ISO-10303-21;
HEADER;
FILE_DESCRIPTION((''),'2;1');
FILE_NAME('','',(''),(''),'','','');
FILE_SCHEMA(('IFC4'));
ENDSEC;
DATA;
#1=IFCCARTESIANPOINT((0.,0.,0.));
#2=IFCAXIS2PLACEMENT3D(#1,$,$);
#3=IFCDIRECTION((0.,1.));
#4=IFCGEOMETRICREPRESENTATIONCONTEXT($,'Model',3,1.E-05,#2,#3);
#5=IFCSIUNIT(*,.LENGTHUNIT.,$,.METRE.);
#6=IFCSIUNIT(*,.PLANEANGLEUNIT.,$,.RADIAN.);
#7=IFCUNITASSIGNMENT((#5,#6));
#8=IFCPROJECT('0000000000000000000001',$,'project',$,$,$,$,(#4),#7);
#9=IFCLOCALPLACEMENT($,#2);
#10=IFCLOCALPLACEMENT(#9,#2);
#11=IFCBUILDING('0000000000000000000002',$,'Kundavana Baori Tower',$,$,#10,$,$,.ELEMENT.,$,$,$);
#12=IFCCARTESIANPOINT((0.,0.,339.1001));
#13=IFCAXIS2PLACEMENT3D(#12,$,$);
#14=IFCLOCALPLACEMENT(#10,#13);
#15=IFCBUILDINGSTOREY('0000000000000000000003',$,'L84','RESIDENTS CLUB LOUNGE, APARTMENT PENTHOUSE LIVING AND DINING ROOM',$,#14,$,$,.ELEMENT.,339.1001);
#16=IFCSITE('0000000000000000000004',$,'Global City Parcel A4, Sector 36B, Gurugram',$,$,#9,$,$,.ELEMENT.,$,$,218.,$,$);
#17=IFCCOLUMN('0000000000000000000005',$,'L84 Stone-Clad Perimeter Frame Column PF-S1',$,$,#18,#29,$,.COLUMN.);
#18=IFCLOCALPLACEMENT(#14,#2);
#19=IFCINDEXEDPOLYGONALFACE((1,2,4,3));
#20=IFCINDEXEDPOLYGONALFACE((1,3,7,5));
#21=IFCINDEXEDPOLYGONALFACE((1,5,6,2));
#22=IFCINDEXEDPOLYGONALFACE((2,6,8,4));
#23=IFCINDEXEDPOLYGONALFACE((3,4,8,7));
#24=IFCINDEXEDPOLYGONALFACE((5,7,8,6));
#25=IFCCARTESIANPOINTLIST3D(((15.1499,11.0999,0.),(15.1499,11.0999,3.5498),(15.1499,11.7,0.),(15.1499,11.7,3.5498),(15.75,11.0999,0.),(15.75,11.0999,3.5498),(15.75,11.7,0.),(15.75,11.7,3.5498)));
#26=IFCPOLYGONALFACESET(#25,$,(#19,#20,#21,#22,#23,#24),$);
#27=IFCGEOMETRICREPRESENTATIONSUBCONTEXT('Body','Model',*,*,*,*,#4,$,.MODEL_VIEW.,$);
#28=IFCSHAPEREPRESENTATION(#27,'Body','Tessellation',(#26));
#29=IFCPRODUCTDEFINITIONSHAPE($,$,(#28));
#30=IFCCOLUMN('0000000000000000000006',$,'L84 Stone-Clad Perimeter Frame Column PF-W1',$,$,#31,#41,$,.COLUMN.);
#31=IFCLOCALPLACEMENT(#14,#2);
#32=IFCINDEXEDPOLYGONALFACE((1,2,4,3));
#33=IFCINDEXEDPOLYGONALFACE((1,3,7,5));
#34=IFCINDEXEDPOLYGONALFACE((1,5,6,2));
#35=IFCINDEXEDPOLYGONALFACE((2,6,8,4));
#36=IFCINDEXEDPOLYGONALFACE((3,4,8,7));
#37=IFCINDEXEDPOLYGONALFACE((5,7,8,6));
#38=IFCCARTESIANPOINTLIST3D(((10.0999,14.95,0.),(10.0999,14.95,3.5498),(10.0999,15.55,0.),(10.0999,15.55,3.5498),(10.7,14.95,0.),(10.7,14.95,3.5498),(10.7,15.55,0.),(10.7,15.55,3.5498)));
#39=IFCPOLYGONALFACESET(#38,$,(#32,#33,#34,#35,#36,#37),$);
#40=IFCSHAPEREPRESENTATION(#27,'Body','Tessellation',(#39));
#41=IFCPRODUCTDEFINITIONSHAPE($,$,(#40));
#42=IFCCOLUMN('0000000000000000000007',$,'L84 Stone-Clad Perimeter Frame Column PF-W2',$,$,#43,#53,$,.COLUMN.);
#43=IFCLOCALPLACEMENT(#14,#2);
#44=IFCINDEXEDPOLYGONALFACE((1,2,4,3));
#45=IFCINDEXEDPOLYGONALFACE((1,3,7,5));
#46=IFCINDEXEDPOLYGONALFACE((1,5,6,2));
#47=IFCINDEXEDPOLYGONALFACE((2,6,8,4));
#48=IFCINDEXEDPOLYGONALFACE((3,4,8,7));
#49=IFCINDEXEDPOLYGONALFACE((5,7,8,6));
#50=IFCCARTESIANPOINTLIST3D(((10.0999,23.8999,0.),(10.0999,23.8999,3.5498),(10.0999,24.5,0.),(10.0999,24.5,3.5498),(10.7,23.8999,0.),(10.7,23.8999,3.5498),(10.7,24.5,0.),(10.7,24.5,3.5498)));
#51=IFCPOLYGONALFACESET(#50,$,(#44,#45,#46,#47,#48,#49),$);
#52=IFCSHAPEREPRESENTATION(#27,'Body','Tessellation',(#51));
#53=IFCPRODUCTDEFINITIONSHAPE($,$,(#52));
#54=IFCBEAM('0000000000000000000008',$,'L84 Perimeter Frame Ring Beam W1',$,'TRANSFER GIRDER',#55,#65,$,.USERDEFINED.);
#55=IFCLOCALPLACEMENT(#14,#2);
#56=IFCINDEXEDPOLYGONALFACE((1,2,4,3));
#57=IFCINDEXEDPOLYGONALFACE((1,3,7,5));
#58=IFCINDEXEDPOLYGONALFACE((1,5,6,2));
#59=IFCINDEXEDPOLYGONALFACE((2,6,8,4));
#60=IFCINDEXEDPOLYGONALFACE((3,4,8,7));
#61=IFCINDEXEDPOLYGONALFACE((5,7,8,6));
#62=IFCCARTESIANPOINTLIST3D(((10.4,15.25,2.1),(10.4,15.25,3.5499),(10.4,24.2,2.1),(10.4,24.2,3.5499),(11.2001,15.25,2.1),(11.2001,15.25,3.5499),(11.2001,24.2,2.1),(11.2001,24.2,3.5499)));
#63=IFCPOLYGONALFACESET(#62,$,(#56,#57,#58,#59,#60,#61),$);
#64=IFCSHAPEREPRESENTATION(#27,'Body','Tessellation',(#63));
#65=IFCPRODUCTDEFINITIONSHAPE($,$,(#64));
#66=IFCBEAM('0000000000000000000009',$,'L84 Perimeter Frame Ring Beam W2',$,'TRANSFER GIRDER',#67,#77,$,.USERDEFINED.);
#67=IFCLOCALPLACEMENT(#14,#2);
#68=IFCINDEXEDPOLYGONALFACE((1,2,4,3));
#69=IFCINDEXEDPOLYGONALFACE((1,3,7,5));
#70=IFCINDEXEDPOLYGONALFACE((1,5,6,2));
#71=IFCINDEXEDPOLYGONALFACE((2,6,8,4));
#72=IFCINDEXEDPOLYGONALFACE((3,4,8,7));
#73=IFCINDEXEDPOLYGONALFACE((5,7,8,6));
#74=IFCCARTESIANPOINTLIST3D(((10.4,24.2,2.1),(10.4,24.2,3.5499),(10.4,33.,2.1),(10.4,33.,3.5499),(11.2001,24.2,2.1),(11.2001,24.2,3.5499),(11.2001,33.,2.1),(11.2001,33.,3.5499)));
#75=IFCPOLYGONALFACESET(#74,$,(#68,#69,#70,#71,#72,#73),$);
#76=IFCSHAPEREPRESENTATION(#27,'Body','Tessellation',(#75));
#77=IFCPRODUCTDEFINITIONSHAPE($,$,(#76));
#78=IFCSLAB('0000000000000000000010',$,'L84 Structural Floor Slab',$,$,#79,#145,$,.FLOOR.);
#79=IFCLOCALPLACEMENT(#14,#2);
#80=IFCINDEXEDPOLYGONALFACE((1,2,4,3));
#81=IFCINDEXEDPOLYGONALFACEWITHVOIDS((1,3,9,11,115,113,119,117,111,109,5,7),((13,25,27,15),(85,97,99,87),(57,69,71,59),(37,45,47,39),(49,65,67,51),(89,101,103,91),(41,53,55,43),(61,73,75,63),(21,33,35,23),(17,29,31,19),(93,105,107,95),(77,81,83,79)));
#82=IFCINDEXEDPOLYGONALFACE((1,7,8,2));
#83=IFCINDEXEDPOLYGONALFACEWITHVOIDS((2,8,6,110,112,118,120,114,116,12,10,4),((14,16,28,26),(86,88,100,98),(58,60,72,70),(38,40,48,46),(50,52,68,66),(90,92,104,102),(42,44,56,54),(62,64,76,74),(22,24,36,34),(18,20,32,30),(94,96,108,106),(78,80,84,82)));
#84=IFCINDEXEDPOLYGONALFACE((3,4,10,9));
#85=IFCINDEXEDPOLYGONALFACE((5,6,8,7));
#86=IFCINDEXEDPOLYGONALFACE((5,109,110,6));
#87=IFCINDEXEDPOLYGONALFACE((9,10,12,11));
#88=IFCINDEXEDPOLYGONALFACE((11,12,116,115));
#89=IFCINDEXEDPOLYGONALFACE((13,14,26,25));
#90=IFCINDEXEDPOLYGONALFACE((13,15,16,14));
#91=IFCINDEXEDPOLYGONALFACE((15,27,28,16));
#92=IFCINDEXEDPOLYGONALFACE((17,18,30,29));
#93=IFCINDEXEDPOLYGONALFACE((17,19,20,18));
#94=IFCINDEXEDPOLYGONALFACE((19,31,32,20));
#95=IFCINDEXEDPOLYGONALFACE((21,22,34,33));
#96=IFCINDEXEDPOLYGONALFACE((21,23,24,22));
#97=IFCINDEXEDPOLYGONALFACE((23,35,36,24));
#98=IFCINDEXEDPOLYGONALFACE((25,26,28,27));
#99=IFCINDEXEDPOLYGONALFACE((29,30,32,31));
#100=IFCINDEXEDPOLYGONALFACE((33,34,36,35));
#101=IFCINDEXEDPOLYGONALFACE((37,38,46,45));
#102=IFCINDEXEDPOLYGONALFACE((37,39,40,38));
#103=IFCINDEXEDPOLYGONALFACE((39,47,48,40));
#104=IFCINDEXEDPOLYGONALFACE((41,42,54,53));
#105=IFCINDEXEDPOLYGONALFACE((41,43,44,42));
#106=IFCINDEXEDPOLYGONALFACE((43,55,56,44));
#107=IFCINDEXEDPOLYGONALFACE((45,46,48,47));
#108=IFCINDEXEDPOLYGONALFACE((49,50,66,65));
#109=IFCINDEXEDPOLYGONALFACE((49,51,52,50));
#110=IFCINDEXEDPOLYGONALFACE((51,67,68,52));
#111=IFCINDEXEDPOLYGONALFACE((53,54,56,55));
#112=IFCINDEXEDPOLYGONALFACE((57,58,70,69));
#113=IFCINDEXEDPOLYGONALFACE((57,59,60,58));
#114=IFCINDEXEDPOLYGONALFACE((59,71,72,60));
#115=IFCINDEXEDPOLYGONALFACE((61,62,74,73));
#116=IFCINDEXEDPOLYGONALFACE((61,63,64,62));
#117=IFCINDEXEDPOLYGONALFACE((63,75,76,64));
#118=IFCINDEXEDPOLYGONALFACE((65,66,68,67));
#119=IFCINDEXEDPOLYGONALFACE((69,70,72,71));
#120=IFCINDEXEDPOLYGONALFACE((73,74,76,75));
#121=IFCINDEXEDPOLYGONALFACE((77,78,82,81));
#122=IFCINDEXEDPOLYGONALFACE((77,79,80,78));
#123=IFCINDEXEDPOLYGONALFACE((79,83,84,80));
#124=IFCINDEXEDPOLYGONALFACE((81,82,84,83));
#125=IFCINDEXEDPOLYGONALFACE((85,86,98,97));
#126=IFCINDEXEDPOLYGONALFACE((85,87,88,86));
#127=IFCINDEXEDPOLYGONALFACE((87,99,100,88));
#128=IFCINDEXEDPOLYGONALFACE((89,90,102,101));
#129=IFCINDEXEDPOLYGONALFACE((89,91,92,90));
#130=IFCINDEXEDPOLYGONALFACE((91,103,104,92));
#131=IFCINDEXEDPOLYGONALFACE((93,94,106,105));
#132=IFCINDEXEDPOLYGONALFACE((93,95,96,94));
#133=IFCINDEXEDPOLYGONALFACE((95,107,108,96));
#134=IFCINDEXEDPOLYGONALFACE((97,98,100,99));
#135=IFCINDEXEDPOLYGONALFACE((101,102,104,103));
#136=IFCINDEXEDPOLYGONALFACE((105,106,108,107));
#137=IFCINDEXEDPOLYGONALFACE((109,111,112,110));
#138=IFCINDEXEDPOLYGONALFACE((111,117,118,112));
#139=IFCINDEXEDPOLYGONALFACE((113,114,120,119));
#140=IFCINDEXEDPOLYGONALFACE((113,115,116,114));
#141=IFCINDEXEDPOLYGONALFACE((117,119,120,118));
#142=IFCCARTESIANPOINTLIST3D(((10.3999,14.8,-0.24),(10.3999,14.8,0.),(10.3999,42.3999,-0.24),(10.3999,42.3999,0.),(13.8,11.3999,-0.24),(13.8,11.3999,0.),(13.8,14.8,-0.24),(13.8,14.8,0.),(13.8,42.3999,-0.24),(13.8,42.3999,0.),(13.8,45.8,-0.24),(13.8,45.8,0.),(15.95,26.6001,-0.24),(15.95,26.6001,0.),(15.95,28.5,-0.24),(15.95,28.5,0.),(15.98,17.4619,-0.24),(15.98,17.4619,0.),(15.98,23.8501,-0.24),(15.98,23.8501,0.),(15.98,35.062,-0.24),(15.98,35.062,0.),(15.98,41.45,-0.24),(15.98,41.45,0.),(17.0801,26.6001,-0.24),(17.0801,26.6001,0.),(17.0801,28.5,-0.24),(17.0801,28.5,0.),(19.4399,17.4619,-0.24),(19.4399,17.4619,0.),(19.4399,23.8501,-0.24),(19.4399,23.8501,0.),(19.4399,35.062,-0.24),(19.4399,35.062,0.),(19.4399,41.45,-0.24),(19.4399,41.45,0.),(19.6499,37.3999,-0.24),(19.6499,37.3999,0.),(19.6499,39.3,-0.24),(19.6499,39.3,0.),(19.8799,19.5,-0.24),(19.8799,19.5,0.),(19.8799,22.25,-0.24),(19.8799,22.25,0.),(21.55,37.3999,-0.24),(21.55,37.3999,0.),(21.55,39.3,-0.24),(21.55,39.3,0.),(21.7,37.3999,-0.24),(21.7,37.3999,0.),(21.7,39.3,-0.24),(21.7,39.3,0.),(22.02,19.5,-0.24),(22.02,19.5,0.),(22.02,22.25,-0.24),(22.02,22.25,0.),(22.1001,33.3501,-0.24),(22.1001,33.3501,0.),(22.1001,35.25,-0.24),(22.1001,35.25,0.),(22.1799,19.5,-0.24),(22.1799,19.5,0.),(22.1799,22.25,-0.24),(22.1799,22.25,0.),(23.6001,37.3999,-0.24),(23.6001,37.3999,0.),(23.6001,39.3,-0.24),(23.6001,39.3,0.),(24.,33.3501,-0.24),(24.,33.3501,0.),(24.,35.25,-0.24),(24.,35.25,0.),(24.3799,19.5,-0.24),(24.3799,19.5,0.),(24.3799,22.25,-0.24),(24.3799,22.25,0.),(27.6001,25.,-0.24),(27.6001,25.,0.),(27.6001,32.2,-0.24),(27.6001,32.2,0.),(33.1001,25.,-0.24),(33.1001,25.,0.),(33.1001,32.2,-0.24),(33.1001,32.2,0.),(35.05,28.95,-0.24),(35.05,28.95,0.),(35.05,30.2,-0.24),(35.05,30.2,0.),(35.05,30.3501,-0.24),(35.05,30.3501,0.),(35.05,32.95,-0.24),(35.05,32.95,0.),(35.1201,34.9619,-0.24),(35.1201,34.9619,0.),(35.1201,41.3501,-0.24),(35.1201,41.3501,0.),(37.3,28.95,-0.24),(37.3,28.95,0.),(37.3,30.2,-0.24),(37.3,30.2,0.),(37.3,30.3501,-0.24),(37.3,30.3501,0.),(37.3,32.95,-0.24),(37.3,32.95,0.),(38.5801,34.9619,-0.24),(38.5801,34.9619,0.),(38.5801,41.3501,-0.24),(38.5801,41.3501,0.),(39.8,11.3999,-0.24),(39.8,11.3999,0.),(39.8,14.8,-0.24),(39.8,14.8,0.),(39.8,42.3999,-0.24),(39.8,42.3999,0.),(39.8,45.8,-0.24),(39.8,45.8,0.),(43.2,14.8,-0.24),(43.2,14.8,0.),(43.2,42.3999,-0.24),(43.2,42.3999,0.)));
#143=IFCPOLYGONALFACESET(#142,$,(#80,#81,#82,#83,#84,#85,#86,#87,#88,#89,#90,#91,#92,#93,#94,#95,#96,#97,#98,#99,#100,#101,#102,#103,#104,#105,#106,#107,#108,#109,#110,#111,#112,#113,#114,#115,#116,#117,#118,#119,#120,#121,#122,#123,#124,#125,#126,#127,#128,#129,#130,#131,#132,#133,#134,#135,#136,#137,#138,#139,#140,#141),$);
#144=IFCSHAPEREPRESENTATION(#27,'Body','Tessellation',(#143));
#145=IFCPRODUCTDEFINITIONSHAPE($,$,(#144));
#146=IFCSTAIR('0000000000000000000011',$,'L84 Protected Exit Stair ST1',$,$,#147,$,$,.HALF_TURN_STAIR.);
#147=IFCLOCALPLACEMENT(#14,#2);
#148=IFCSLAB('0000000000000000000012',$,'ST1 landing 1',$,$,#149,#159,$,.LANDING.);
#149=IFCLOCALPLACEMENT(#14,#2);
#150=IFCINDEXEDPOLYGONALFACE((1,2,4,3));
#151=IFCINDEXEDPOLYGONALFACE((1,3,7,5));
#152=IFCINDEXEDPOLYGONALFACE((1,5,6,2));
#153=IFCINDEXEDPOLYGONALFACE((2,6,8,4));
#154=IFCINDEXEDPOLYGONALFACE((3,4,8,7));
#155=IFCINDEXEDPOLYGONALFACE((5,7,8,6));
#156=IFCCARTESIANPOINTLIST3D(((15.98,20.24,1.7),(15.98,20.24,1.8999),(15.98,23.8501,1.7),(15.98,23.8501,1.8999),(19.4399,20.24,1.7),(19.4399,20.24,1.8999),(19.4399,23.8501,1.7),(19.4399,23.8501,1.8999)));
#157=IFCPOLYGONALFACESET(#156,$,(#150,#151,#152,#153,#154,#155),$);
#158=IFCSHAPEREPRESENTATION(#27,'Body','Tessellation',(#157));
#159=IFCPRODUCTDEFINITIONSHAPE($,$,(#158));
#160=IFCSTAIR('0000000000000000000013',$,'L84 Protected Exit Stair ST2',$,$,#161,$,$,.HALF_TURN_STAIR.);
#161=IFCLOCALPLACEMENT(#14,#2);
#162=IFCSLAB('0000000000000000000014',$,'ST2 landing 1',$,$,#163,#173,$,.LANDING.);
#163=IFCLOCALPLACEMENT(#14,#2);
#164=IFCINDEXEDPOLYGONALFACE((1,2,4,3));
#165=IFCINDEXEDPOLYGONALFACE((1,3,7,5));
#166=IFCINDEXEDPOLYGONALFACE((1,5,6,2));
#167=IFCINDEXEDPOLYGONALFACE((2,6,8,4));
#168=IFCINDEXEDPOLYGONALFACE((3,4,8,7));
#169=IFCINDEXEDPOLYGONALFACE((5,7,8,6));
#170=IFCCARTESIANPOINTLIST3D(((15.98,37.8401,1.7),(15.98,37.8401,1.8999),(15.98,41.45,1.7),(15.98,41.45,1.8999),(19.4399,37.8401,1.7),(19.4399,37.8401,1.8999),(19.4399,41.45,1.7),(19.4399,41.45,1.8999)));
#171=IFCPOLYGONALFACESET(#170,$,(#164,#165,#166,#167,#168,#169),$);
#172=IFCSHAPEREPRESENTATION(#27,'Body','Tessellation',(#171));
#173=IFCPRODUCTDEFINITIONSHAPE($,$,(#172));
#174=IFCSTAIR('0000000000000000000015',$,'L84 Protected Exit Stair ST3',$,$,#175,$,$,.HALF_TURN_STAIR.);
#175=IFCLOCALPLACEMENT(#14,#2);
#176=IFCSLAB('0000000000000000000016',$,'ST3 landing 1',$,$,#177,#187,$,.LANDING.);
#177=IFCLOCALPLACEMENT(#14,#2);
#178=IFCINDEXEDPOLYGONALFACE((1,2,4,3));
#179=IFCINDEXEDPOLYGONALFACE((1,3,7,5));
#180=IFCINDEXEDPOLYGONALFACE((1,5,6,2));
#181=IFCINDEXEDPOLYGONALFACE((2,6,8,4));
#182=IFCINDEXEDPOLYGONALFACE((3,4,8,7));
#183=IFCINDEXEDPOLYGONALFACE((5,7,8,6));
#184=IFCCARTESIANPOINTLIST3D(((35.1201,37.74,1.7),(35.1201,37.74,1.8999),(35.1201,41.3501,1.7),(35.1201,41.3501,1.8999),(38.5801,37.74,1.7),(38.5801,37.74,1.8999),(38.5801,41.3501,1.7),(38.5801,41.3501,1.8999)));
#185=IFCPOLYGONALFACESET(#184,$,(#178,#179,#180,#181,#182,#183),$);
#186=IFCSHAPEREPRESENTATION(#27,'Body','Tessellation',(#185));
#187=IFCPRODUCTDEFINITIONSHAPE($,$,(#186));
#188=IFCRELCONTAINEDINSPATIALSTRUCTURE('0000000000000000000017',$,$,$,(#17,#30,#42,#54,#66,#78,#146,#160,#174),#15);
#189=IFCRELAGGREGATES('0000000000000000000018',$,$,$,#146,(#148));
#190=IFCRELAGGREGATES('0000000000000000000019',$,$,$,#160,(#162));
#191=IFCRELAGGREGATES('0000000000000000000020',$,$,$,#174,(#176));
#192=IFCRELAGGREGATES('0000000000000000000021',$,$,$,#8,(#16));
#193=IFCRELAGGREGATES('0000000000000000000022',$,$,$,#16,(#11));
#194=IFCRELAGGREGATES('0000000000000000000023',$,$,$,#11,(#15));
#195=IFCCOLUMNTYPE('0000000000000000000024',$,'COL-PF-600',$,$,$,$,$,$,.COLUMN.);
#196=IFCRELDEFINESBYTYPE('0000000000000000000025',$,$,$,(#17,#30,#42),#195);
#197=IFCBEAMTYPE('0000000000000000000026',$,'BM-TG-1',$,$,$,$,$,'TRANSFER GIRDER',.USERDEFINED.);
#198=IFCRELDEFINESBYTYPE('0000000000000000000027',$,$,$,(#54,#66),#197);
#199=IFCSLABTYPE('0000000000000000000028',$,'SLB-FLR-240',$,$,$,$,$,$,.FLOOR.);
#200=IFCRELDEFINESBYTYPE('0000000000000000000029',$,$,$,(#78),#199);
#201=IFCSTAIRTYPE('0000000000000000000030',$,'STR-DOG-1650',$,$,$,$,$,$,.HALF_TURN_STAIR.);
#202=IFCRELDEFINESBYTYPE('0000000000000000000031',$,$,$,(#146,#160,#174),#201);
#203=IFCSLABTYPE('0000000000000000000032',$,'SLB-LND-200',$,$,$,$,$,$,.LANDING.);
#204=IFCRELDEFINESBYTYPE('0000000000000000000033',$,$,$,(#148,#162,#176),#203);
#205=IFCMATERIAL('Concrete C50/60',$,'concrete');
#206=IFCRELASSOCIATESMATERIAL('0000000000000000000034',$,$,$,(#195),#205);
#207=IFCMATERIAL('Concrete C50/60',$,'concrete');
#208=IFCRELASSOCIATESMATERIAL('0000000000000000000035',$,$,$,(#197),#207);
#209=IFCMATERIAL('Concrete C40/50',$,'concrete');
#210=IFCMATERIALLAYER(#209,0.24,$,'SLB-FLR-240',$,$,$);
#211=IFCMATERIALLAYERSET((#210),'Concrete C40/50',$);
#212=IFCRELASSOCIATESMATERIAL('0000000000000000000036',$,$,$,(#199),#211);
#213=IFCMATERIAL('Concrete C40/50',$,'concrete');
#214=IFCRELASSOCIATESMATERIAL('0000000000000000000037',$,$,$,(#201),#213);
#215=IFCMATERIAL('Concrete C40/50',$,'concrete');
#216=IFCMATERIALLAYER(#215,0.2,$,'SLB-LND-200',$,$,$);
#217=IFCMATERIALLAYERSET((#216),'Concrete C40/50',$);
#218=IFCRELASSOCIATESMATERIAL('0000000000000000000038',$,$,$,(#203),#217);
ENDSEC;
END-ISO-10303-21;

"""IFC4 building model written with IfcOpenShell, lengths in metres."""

from ifc_helpers import new_model, si_unit, direction, frame, origin, origin_2d, place, context, subcontext, project, spatial, polyline, rectangle, outline, extrude, material, layer, layer_set, material_profile, profile_set, type_object, element, aggregate, save


model = new_model("IFC4")

# Units and contexts
model_context = context("Model", 3, precision=1e-05, world=origin(), true_north=direction((0.0, 1.0)))
body_context = subcontext(model_context, "Body", "Model", "MODEL_VIEW")
ifc_project = project(units=[si_unit("LENGTHUNIT", "METRE"), si_unit("PLANEANGLEUNIT", "RADIAN")], contexts=[model_context])

# Site, building, storey
site_placement = place(None, origin())
site = spatial("IfcSite", under=ifc_project, at=site_placement, Name="Global City Parcel A4, Sector 36B, Gurugram", CompositionType="ELEMENT", RefElevation=218.0)
building_placement = place(site_placement, origin())
building = spatial("IfcBuilding", under=site, at=building_placement, Name="Kundavana Baori Tower", CompositionType="ELEMENT")
storey_placement = place(building_placement, frame((0.0, 0.0, 339.1001)))
storey = spatial("IfcBuildingStorey", under=building, at=storey_placement, Name="L84", Description="RESIDENTS CLUB LOUNGE, APARTMENT PENTHOUSE LIVING AND DINING ROOM", CompositionType="ELEMENT", Elevation=339.1001)

# Columns
ifc_material_1 = material(Name="Concrete C50/60", Category="concrete")
ifc_material_profile_1 = material_profile(ifc_material_1, rectangle(XDim=0.6001, YDim=0.6001, at=origin_2d()), Name="RC PF 600x600")
ifc_profile_set_1 = profile_set([ifc_material_profile_1], Name="Concrete C50/60")
column_type = type_object("IfcColumnType", Name="COL-PF-600", PredefinedType="COLUMN", material=ifc_profile_set_1)
for number, where, z_axis, x_axis, name in (
    (1, (15.45, 11.3999, 0.0), (0.0, 0.0, 1.0), (1.0, 0.0, 0.0), "L84 Stone-Clad Perimeter Frame Column PF-S1"),
    (2, (10.3999, 15.25, 0.0), (0.0, 0.0, 1.0), (1.0, 0.0, 0.0), "L84 Stone-Clad Perimeter Frame Column PF-W1"),
    (3, (10.3999, 24.2, 0.0), (0.0, 0.0, 1.0), (1.0, 0.0, 0.0), "L84 Stone-Clad Perimeter Frame Column PF-W2"),
):
    element("IfcColumn", number, at=place(storey_placement, frame(where, z_axis=z_axis, x_axis=x_axis)), inside=storey, type_object=column_type, Name=name, PredefinedType="COLUMN", context=body_context, shape_type="SweptSolid", body=[
        extrude(rectangle(XDim=0.6001, YDim=0.6001, at=origin_2d()), origin(), (0.0, 0.0, 1.0), 3.5498),
    ])

# Beams
ifc_material_2 = material(Name="Concrete C50/60", Category="concrete")
ifc_material_profile_2 = material_profile(ifc_material_2, rectangle(XDim=0.8, YDim=1.45, at=origin_2d()), Name="BM-TG-1")
ifc_profile_set_2 = profile_set([ifc_material_profile_2], Name="Concrete C50/60")
beam_type = type_object("IfcBeamType", Name="BM-TG-1", ElementType="TRANSFER GIRDER", PredefinedType="USERDEFINED", material=ifc_profile_set_2)
beam_1_placement = place(storey_placement, frame((10.8, 15.25, 2.825), z_axis=(0.0, 1.0, 0.0), x_axis=(-1.0, 0.0, 0.0)))
element("IfcBeam", 4, at=beam_1_placement, inside=storey, type_object=beam_type, Name="L84 Perimeter Frame Ring Beam W1", ObjectType="TRANSFER GIRDER", PredefinedType="USERDEFINED", context=body_context, shape_type="SweptSolid", body=[
    extrude(rectangle(XDim=0.8, YDim=1.45, at=origin_2d()), origin(), (0.0, 0.0, 1.0), 8.95),
])
beam_2_placement = place(storey_placement, frame((10.8, 24.2, 2.825), z_axis=(0.0, 1.0, 0.0), x_axis=(-1.0, 0.0, 0.0)))
element("IfcBeam", 5, at=beam_2_placement, inside=storey, type_object=beam_type, Name="L84 Perimeter Frame Ring Beam W2", ObjectType="TRANSFER GIRDER", PredefinedType="USERDEFINED", context=body_context, shape_type="SweptSolid", body=[
    extrude(rectangle(XDim=0.8, YDim=1.45, at=origin_2d()), origin(), (0.0, 0.0, 1.0), 8.8),
])

# Slab
ifc_material_3 = material(Name="Concrete C40/50", Category="concrete")
ifc_layer_1 = layer(ifc_material_3, 0.24, Name="SLB-FLR-240")
ifc_layer_set_1 = layer_set([ifc_layer_1], Name="Concrete C40/50")
slab_type_1 = type_object("IfcSlabType", Name="SLB-FLR-240", PredefinedType="FLOOR", material=ifc_layer_set_1)
slab_1_placement = place(storey_placement, frame((0.0, 0.0, -0.24)))
element("IfcSlab", 6, at=slab_1_placement, inside=storey, type_object=slab_type_1, Name="L84 Structural Floor Slab", PredefinedType="FLOOR", context=body_context, shape_type="SweptSolid", body=[
    extrude(outline(polyline([(13.8, 11.3999), (39.8, 11.3999), (39.8, 14.8), (43.2, 14.8), (43.2, 42.3999), (39.8, 42.3999), (39.8, 45.8), (13.8, 45.8), (13.8, 42.3999), (10.3999, 42.3999), (10.3999, 14.8), (13.8, 14.8), (13.8, 11.3999)]), holes=[polyline([(19.4399, 17.4619), (19.4399, 23.8501), (15.98, 23.8501), (15.98, 17.4619), (19.4399, 17.4619)]), polyline([(19.4399, 35.062), (19.4399, 41.45), (15.98, 41.45), (15.98, 35.062), (19.4399, 35.062)]), polyline([(38.5801, 34.9619), (38.5801, 41.3501), (35.1201, 41.3501), (35.1201, 34.9619), (38.5801, 34.9619)]), polyline([(19.6499, 37.3999), (21.55, 37.3999), (21.55, 39.3), (19.6499, 39.3), (19.6499, 37.3999)]), polyline([(21.7, 37.3999), (23.6001, 37.3999), (23.6001, 39.3), (21.7, 39.3), (21.7, 37.3999)]), polyline([(22.1001, 33.3501), (24.0, 33.3501), (24.0, 35.25), (22.1001, 35.25), (22.1001, 33.3501)]), polyline([(19.8799, 19.5), (22.02, 19.5), (22.02, 22.25), (19.8799, 22.25), (19.8799, 19.5)]), polyline([(22.1799, 19.5), (24.3799, 19.5), (24.3799, 22.25), (22.1799, 22.25), (22.1799, 19.5)]), polyline([(35.05, 30.3501), (37.3, 30.3501), (37.3, 32.95), (35.05, 32.95), (35.05, 30.3501)]), polyline([(15.95, 26.6001), (17.0801, 26.6001), (17.0801, 28.5), (15.95, 28.5), (15.95, 26.6001)]), polyline([(35.05, 28.95), (37.3, 28.95), (37.3, 30.2), (35.05, 30.2), (35.05, 28.95)]), polyline([(27.6001, 25.0), (33.1001, 25.0), (33.1001, 32.2), (27.6001, 32.2), (27.6001, 25.0)])]), origin(), (0.0, 0.0, 1.0), 0.24),
])

# Stairs, slabs
ifc_material_4 = material(Name="Concrete C40/50", Category="concrete")
stair_type = type_object("IfcStairType", Name="STR-DOG-1650", PredefinedType="HALF_TURN_STAIR", material=ifc_material_4)
stair_1_placement = place(storey_placement, origin())
stair_1 = element("IfcStair", 7, at=stair_1_placement, inside=storey, type_object=stair_type, Name="L84 Protected Exit Stair ST1", PredefinedType="HALF_TURN_STAIR")
ifc_material_5 = material(Name="Concrete C40/50", Category="concrete")
ifc_layer_2 = layer(ifc_material_5, 0.2, Name="SLB-LND-200")
ifc_layer_set_2 = layer_set([ifc_layer_2], Name="Concrete C40/50")
slab_type_2 = type_object("IfcSlabType", Name="SLB-LND-200", PredefinedType="LANDING", material=ifc_layer_set_2)
slab_2_placement = place(storey_placement, frame((0.0, 0.0, 1.7)))
slab_2 = element("IfcSlab", 8, at=slab_2_placement, type_object=slab_type_2, Name="ST1 landing 1", PredefinedType="LANDING", context=body_context, shape_type="SweptSolid", body=[
    extrude(outline(polyline([(19.4399, 20.24), (19.4399, 23.8501), (15.98, 23.8501), (15.98, 20.24), (19.4399, 20.24)])), origin(), (0.0, 0.0, 1.0), 0.2),
])
aggregate(stair_1, [slab_2])
stair_2_placement = place(storey_placement, origin())
stair_2 = element("IfcStair", 9, at=stair_2_placement, inside=storey, type_object=stair_type, Name="L84 Protected Exit Stair ST2", PredefinedType="HALF_TURN_STAIR")
slab_3_placement = place(storey_placement, frame((0.0, 0.0, 1.7)))
slab_3 = element("IfcSlab", 10, at=slab_3_placement, type_object=slab_type_2, Name="ST2 landing 1", PredefinedType="LANDING", context=body_context, shape_type="SweptSolid", body=[
    extrude(outline(polyline([(19.4399, 37.8401), (19.4399, 41.45), (15.98, 41.45), (15.98, 37.8401), (19.4399, 37.8401)])), origin(), (0.0, 0.0, 1.0), 0.2),
])
aggregate(stair_2, [slab_3])
stair_3_placement = place(storey_placement, origin())
stair_3 = element("IfcStair", 11, at=stair_3_placement, inside=storey, type_object=stair_type, Name="L84 Protected Exit Stair ST3", PredefinedType="HALF_TURN_STAIR")
slab_4_placement = place(storey_placement, frame((0.0, 0.0, 1.7)))
slab_4 = element("IfcSlab", 12, at=slab_4_placement, type_object=slab_type_2, Name="ST3 landing 1", PredefinedType="LANDING", context=body_context, shape_type="SweptSolid", body=[
    extrude(outline(polyline([(38.5801, 37.74), (38.5801, 41.3501), (35.1201, 41.3501), (35.1201, 37.74), (38.5801, 37.74)])), origin(), (0.0, 0.0, 1.0), 0.2),
])
aggregate(stair_3, [slab_4])

save(model, "model.ifc")
